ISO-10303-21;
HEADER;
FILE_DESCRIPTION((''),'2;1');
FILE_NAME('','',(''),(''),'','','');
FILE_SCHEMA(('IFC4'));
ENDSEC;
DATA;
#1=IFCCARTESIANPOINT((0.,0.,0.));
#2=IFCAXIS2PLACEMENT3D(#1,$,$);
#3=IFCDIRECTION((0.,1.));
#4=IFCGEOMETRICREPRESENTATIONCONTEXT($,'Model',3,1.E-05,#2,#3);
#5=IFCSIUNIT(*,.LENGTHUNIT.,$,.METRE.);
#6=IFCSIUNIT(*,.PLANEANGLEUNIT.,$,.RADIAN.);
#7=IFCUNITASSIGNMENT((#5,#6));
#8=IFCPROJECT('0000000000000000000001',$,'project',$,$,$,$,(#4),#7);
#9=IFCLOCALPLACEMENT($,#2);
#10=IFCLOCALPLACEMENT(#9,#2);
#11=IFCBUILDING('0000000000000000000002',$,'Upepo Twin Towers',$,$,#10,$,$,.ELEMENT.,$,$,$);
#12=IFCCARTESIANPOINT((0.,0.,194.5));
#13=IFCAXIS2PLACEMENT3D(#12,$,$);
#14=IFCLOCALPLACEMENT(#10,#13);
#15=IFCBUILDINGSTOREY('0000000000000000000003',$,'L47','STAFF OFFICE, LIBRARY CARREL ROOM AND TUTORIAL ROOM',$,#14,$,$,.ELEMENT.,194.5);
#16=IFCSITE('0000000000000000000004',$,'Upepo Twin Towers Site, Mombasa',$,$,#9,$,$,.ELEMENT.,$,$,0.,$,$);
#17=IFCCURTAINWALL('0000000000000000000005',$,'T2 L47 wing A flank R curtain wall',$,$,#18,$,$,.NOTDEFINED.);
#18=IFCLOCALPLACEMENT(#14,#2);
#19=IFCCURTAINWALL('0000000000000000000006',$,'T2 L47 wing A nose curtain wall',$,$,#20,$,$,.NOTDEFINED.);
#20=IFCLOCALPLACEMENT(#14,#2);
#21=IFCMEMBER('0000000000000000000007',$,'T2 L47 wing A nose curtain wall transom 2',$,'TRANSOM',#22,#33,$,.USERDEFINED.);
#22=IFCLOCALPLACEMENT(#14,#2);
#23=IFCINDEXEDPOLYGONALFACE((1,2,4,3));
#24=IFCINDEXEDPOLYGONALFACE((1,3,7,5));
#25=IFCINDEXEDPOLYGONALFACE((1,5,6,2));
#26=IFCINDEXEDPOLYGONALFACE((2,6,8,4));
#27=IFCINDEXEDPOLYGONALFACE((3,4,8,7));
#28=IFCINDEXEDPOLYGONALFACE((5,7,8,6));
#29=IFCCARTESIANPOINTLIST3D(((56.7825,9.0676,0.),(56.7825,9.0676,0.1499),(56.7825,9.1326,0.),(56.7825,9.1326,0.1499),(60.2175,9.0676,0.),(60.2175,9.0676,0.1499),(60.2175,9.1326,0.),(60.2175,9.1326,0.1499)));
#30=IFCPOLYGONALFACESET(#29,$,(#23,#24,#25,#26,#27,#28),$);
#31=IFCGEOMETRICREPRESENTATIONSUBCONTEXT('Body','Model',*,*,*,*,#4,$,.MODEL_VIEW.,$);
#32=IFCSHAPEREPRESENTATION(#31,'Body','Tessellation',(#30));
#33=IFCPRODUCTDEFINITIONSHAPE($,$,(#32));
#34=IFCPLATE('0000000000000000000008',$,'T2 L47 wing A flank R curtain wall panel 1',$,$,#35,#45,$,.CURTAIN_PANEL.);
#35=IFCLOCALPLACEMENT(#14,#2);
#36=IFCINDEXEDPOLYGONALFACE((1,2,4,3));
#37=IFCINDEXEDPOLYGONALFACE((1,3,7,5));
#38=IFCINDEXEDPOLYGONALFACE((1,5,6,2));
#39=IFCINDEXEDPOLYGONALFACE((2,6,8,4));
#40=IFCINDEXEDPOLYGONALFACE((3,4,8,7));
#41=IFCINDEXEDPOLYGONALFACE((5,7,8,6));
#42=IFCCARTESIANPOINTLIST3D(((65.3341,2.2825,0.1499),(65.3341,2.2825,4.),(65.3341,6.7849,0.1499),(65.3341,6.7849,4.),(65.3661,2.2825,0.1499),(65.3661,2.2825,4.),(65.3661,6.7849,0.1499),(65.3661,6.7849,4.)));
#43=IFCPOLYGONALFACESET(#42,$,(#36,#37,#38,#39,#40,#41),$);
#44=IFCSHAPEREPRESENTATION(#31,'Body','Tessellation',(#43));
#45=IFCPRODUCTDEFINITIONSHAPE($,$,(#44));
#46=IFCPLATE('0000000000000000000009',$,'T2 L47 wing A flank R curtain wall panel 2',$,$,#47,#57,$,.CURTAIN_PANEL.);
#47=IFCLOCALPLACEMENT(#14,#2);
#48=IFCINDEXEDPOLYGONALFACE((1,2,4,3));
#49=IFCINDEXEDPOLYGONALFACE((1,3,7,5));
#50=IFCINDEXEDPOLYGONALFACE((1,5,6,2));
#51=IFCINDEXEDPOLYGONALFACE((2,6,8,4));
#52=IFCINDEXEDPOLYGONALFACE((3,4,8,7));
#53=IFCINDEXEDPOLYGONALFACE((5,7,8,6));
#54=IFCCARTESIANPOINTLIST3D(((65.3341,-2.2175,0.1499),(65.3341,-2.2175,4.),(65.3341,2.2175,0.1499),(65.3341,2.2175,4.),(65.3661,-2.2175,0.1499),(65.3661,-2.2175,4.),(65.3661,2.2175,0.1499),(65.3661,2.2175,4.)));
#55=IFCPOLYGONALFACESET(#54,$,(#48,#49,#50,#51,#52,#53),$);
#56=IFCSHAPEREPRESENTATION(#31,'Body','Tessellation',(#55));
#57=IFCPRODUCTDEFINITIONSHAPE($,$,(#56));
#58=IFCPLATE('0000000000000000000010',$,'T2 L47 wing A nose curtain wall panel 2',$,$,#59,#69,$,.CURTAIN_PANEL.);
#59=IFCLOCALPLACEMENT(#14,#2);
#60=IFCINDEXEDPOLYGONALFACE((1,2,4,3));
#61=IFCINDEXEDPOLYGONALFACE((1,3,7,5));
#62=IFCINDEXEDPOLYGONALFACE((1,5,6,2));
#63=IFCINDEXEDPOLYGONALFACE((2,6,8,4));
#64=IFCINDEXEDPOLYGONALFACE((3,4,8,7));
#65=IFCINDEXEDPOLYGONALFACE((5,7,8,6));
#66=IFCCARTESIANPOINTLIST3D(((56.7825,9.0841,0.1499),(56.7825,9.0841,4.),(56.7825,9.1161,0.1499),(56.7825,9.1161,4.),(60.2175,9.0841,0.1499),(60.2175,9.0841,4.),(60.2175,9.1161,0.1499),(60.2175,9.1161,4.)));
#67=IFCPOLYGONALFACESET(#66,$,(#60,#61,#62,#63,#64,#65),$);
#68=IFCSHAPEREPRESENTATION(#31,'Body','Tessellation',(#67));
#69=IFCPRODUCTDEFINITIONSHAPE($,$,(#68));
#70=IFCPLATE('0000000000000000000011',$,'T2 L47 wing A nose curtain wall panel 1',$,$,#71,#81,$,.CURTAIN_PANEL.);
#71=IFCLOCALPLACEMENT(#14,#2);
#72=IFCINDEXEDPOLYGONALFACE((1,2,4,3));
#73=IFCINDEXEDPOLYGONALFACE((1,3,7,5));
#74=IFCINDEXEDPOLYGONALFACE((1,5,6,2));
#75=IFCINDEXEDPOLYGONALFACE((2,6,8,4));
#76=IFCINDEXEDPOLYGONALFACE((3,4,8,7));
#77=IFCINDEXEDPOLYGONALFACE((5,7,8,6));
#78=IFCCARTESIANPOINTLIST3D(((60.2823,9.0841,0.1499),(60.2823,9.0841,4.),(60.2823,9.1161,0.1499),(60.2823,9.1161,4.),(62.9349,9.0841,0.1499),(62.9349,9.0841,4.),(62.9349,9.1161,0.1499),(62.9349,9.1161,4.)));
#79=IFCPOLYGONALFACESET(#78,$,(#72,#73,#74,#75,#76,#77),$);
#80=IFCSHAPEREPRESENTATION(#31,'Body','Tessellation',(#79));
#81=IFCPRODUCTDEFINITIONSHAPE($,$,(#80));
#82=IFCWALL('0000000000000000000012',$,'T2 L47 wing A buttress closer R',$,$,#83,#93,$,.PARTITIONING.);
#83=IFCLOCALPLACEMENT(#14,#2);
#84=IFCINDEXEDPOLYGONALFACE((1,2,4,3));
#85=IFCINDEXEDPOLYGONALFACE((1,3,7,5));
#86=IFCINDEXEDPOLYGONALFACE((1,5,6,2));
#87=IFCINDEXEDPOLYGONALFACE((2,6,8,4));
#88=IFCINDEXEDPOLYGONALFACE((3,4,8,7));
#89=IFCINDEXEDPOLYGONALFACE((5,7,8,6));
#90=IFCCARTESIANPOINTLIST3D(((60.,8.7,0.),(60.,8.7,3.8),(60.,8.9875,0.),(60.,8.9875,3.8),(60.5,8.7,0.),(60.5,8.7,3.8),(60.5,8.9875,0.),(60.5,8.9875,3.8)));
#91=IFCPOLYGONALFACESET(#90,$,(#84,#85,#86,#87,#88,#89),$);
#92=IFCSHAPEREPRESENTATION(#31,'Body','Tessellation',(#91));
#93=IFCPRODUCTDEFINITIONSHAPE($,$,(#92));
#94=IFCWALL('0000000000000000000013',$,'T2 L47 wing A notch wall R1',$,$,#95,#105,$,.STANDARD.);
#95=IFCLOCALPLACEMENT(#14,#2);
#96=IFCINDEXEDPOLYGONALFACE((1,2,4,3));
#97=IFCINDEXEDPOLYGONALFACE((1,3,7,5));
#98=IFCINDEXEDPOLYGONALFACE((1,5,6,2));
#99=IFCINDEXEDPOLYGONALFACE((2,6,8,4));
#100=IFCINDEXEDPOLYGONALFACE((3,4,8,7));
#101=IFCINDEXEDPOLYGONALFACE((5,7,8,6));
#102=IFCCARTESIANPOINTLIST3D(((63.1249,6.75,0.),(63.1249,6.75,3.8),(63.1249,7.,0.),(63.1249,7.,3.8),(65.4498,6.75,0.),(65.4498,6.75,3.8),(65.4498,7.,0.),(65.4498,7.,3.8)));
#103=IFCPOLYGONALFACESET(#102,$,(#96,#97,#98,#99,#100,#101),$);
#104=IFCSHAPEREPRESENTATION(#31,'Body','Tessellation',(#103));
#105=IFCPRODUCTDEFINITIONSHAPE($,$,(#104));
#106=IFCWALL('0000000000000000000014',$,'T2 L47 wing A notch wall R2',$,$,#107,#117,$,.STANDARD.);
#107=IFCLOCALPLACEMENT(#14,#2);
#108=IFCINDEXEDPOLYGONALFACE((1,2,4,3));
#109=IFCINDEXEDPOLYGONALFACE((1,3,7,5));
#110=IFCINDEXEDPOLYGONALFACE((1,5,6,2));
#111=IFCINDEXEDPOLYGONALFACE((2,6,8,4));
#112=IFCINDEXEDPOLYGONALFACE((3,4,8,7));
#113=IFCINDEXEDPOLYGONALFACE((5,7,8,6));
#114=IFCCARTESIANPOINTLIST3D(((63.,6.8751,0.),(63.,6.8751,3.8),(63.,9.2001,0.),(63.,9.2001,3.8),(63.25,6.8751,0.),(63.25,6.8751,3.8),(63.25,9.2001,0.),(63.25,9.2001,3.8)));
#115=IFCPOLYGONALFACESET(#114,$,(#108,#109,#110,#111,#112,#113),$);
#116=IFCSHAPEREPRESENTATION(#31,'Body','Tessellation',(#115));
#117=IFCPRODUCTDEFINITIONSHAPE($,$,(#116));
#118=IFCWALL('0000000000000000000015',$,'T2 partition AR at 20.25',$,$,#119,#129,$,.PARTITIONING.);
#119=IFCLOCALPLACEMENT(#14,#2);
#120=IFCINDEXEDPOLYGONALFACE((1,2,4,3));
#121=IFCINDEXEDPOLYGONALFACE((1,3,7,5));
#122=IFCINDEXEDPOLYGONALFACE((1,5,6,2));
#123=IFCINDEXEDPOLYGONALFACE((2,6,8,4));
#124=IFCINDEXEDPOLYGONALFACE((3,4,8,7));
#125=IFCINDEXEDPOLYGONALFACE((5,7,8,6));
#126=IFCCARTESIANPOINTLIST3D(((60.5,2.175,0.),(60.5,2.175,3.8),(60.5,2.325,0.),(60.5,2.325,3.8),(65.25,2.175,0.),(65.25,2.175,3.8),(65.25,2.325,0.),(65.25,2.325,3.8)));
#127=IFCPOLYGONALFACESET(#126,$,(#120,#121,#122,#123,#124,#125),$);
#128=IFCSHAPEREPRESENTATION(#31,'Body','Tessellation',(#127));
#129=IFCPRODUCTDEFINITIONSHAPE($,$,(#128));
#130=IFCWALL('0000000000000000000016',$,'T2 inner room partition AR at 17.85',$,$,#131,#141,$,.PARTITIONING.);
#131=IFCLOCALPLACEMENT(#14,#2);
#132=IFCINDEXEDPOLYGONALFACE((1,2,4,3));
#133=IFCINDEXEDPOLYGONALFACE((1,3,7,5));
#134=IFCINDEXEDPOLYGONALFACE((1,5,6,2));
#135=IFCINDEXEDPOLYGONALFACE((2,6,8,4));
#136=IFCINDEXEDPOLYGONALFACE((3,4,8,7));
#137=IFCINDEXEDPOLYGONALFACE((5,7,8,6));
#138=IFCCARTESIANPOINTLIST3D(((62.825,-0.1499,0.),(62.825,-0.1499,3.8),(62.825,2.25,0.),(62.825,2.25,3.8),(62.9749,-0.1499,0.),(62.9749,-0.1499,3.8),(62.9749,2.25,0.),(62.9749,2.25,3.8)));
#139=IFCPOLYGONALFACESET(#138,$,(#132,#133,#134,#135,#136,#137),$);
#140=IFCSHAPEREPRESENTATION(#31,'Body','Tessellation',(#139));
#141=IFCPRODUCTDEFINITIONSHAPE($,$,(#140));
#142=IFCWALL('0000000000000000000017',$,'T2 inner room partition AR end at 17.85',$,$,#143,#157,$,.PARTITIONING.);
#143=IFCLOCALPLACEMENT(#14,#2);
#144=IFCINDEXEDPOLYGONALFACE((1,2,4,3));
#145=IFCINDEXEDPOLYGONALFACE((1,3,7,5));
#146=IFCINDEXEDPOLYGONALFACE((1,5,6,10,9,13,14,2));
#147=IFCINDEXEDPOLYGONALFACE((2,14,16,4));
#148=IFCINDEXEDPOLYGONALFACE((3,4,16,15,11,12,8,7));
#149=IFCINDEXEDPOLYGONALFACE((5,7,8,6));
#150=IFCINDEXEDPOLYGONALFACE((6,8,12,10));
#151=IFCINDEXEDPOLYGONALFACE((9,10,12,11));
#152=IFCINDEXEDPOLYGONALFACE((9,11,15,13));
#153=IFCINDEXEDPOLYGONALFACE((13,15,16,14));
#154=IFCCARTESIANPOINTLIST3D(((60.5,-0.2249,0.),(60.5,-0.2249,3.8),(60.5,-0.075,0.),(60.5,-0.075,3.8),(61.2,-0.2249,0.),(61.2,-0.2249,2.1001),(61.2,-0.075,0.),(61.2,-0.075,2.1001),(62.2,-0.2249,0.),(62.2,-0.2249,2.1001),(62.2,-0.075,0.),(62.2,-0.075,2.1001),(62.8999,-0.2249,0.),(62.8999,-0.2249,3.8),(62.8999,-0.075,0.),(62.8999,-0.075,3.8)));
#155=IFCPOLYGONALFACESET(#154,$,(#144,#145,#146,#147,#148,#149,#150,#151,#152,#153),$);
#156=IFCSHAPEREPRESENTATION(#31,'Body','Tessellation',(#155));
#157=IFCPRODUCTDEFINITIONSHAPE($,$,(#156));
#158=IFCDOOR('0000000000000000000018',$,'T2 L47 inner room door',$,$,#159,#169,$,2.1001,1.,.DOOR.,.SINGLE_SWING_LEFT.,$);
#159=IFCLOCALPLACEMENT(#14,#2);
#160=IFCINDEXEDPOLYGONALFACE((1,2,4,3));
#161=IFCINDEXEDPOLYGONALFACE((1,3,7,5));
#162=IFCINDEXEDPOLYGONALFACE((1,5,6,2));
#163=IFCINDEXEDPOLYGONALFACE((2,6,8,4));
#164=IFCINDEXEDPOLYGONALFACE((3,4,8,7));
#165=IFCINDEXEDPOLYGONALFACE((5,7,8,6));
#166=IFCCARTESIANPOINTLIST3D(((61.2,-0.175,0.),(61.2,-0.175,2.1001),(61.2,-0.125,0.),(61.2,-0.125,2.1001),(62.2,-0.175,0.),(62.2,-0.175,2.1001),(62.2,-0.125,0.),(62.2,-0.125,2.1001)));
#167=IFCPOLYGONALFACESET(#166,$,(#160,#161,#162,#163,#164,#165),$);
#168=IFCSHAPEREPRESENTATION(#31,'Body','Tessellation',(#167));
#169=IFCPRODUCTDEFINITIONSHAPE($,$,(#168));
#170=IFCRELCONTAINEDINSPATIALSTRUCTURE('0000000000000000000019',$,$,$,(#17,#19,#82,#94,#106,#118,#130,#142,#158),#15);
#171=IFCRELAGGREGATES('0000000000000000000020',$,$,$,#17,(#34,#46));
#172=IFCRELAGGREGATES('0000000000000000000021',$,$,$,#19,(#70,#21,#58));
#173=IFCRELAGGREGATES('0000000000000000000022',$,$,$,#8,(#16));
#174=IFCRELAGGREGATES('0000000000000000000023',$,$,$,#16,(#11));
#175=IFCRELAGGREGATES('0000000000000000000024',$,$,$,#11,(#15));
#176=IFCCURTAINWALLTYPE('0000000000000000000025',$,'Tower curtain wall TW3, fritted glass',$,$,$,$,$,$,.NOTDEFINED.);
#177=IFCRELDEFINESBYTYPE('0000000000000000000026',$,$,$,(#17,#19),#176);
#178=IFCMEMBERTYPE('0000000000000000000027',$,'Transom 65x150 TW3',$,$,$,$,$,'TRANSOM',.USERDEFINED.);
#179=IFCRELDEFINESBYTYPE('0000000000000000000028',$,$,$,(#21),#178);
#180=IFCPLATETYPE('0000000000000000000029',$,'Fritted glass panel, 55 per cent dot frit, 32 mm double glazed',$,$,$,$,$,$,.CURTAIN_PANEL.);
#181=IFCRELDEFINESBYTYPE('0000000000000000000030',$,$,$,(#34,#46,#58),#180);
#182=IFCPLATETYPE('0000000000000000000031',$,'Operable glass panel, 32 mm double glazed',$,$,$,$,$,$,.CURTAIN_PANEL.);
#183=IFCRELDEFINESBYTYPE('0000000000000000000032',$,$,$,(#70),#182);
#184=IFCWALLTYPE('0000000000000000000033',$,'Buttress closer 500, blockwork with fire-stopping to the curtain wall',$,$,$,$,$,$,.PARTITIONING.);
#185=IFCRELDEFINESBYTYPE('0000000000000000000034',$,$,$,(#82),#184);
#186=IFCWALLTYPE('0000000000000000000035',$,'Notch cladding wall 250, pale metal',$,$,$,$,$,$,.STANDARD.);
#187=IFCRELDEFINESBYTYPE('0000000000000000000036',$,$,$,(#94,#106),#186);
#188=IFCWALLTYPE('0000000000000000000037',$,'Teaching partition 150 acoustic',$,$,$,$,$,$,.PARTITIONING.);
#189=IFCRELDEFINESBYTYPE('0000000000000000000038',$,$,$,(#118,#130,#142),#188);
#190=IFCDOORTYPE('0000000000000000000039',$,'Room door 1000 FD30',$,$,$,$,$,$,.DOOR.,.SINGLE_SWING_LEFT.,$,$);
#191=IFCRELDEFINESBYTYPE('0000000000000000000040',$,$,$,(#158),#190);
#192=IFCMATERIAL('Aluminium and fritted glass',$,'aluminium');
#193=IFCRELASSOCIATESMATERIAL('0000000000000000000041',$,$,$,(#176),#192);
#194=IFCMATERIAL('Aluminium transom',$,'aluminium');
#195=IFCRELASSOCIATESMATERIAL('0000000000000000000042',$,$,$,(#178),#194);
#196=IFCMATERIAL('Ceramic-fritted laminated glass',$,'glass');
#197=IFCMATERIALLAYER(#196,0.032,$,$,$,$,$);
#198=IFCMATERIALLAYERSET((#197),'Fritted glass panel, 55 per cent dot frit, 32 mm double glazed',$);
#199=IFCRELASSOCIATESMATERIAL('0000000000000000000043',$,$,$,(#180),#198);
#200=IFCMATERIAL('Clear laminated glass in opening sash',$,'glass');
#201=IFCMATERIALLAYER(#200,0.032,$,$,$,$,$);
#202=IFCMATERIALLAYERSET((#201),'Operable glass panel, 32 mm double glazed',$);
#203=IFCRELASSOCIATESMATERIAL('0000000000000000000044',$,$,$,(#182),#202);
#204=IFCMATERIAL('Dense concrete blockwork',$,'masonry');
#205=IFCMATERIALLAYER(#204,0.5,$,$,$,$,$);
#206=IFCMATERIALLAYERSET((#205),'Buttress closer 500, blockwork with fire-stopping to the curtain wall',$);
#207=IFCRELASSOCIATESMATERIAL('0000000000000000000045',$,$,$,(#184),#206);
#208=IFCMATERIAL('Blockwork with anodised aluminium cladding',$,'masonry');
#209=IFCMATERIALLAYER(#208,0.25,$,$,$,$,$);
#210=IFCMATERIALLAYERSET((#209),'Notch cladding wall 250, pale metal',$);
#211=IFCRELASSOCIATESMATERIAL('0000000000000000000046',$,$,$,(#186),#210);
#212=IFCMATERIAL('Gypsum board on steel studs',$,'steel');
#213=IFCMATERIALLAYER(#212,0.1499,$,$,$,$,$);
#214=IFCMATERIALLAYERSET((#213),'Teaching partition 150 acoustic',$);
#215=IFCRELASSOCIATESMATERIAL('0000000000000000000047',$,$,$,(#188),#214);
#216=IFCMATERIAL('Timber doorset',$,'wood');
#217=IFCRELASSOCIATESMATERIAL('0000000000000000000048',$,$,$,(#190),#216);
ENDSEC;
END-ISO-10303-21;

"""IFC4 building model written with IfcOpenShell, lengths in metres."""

from ifc_helpers import new_model, si_unit, direction, frame, frame_2d, origin, origin_2d, place, context, subcontext, project, spatial, rectangle, extrude, material, layer, layer_set, material_profile, profile_set, type_object, element, fill, aggregate, save


model = new_model("IFC4")

# Units and contexts
model_context = context("Model", 3, precision=1e-05, world=origin(), true_north=direction((0.0, 1.0)))
body_context = subcontext(model_context, "Body", "Model", "MODEL_VIEW")
ifc_project = project(units=[si_unit("LENGTHUNIT", "METRE"), si_unit("PLANEANGLEUNIT", "RADIAN")], contexts=[model_context])

# Site, building, storey
site_placement = place(None, origin())
site = spatial("IfcSite", under=ifc_project, at=site_placement, Name="Upepo Twin Towers Site, Mombasa", CompositionType="ELEMENT", RefElevation=0.0)
building_placement = place(site_placement, origin())
building = spatial("IfcBuilding", under=site, at=building_placement, Name="Upepo Twin Towers", CompositionType="ELEMENT")
storey_placement = place(building_placement, frame((0.0, 0.0, 194.5)))
storey = spatial("IfcBuildingStorey", under=building, at=storey_placement, Name="L47", Description="STAFF OFFICE, LIBRARY CARREL ROOM AND TUTORIAL ROOM", CompositionType="ELEMENT", Elevation=194.5)

# Curtain walls
ifc_material_1 = material(Name="Aluminium and fritted glass", Category="aluminium")
curtain_wall_type = type_object("IfcCurtainWallType", Name="Tower curtain wall TW3, fritted glass", PredefinedType="NOTDEFINED", material=ifc_material_1)
curtain_wall_1_placement = place(storey_placement, origin())
curtain_wall_1 = element("IfcCurtainWall", 1, at=curtain_wall_1_placement, inside=storey, type_object=curtain_wall_type, Name="T2 L47 wing A flank R curtain wall", PredefinedType="NOTDEFINED")
curtain_wall_2_placement = place(storey_placement, origin())
curtain_wall_2 = element("IfcCurtainWall", 2, at=curtain_wall_2_placement, inside=storey, type_object=curtain_wall_type, Name="T2 L47 wing A nose curtain wall", PredefinedType="NOTDEFINED")

# Member
ifc_material_2 = material(Name="Aluminium transom", Category="aluminium")
ifc_material_profile_1 = material_profile(ifc_material_2, rectangle(XDim=0.0649, YDim=0.1499, at=origin_2d()), Name="TRANSOM 65x150")
ifc_profile_set_1 = profile_set([ifc_material_profile_1], Name="Aluminium transom")
member_type_1 = type_object("IfcMemberType", Name="Transom 65x150 TW3", ElementType="TRANSOM", PredefinedType="USERDEFINED", material=ifc_profile_set_1)
member_1_placement = place(storey_placement, frame((60.2175, 9.1001, 0.075), z_axis=(-1.0, 0.0, 0.0), x_axis=(0.0, -1.0, 0.0)))
member_1 = element("IfcMember", 3, at=member_1_placement, type_object=member_type_1, Name="T2 L47 wing A nose curtain wall transom 2", ObjectType="TRANSOM", PredefinedType="USERDEFINED", context=body_context, shape_type="SweptSolid", body=[
    extrude(rectangle(XDim=0.0649, YDim=0.1499, at=origin_2d()), origin(), (0.0, 0.0, 1.0), 3.4351),
])

# Plates
ifc_material_3 = material(Name="Ceramic-fritted laminated glass", Category="glass")
ifc_layer_1 = layer(ifc_material_3, 0.032)
ifc_layer_set_1 = layer_set([ifc_layer_1], Name="Fritted glass panel, 55 per cent dot frit, 32 mm double glazed")
plate_type_1 = type_object("IfcPlateType", Name="Fritted glass panel, 55 per cent dot frit, 32 mm double glazed", PredefinedType="CURTAIN_PANEL", material=ifc_layer_set_1)
plate_1_placement = place(storey_placement, frame((65.3501, 4.5337, 0.1499), z_axis=(0.0, 0.0, 1.0), x_axis=(0.0, -1.0, 0.0)))
plate_1 = element("IfcPlate", 4, at=plate_1_placement, type_object=plate_type_1, Name="T2 L47 wing A flank R curtain wall panel 1", PredefinedType="CURTAIN_PANEL", context=body_context, shape_type="SweptSolid", body=[
    extrude(rectangle(XDim=4.5024, YDim=0.032, at=origin_2d()), origin(), (0.0, 0.0, 1.0), 3.8501),
])
plate_2_placement = place(storey_placement, frame((65.3501, 0.0, 0.1499), z_axis=(0.0, 0.0, 1.0), x_axis=(0.0, -1.0, 0.0)))
plate_2 = element("IfcPlate", 5, at=plate_2_placement, type_object=plate_type_1, Name="T2 L47 wing A flank R curtain wall panel 2", PredefinedType="CURTAIN_PANEL", context=body_context, shape_type="SweptSolid", body=[
    extrude(rectangle(XDim=4.4351, YDim=0.032, at=origin_2d()), origin(), (0.0, 0.0, 1.0), 3.8501),
])
aggregate(curtain_wall_1, [plate_1, plate_2])
plate_3_placement = place(storey_placement, frame((58.5, 9.1001, 0.1499), z_axis=(0.0, 0.0, 1.0), x_axis=(-1.0, 0.0, 0.0)))
plate_3 = element("IfcPlate", 6, at=plate_3_placement, type_object=plate_type_1, Name="T2 L47 wing A nose curtain wall panel 2", PredefinedType="CURTAIN_PANEL", context=body_context, shape_type="SweptSolid", body=[
    extrude(rectangle(XDim=3.4351, YDim=0.032, at=origin_2d()), origin(), (0.0, 0.0, 1.0), 3.8501),
])
ifc_material_4 = material(Name="Clear laminated glass in opening sash", Category="glass")
ifc_layer_2 = layer(ifc_material_4, 0.032)
ifc_layer_set_2 = layer_set([ifc_layer_2], Name="Operable glass panel, 32 mm double glazed")
plate_type_2 = type_object("IfcPlateType", Name="Operable glass panel, 32 mm double glazed", PredefinedType="CURTAIN_PANEL", material=ifc_layer_set_2)
plate_4_placement = place(storey_placement, frame((61.6086, 9.1001, 0.1499), z_axis=(0.0, 0.0, 1.0), x_axis=(-1.0, 0.0, 0.0)))
plate_4 = element("IfcPlate", 7, at=plate_4_placement, type_object=plate_type_2, Name="T2 L47 wing A nose curtain wall panel 1", PredefinedType="CURTAIN_PANEL", context=body_context, shape_type="SweptSolid", body=[
    extrude(rectangle(XDim=2.6526, YDim=0.032, at=origin_2d()), origin(), (0.0, 0.0, 1.0), 3.8501),
])
aggregate(curtain_wall_2, [plate_4, member_1, plate_3])

# Walls
ifc_material_5 = material(Name="Dense concrete blockwork", Category="masonry")
ifc_layer_3 = layer(ifc_material_5, 0.5)
ifc_layer_set_3 = layer_set([ifc_layer_3], Name="Buttress closer 500, blockwork with fire-stopping to the curtain wall")
wall_type_1 = type_object("IfcWallType", Name="Buttress closer 500, blockwork with fire-stopping to the curtain wall", PredefinedType="PARTITIONING", material=ifc_layer_set_3)
wall_1_placement = place(storey_placement, frame((60.25, 8.7, 0.0), z_axis=(0.0, 0.0, 1.0), x_axis=(0.0, 1.0, 0.0)))
element("IfcWall", 8, at=wall_1_placement, inside=storey, type_object=wall_type_1, Name="T2 L47 wing A buttress closer R", PredefinedType="PARTITIONING", context=body_context, shape_type="SweptSolid", body=[
    extrude(rectangle(XDim=0.2876, YDim=0.5, at=frame_2d((0.1438, 0.0))), origin(), (0.0, 0.0, 1.0), 3.8),
])
ifc_material_6 = material(Name="Blockwork with anodised aluminium cladding", Category="masonry")
ifc_layer_4 = layer(ifc_material_6, 0.25)
ifc_layer_set_4 = layer_set([ifc_layer_4], Name="Notch cladding wall 250, pale metal")
wall_type_2 = type_object("IfcWallType", Name="Notch cladding wall 250, pale metal", PredefinedType="STANDARD", material=ifc_layer_set_4)
for number, where, z_axis, x_axis, name in (
    (9, (65.45, 6.875, 0.0), (0.0, 0.0, 1.0), (-1.0, 0.0, 0.0), "T2 L47 wing A notch wall R1"),
    (10, (63.125, 6.875, 0.0), (0.0, 0.0, 1.0), (0.0, 1.0, 0.0), "T2 L47 wing A notch wall R2"),
):
    element("IfcWall", number, at=place(storey_placement, frame(where, z_axis=z_axis, x_axis=x_axis)), inside=storey, type_object=wall_type_2, Name=name, PredefinedType="STANDARD", context=body_context, shape_type="SweptSolid", body=[
        extrude(rectangle(XDim=2.325, YDim=0.25, at=frame_2d((1.1626, 0.0))), origin(), (0.0, 0.0, 1.0), 3.8),
    ])
ifc_material_7 = material(Name="Gypsum board on steel studs", Category="steel")
ifc_layer_5 = layer(ifc_material_7, 0.1499)
ifc_layer_set_5 = layer_set([ifc_layer_5], Name="Teaching partition 150 acoustic")
wall_type_3 = type_object("IfcWallType", Name="Teaching partition 150 acoustic", PredefinedType="PARTITIONING", material=ifc_layer_set_5)
wall_2_placement = place(storey_placement, frame((60.5, 2.25, 0.0), z_axis=(0.0, 0.0, 1.0), x_axis=(1.0, 0.0, 0.0)))
element("IfcWall", 11, at=wall_2_placement, inside=storey, type_object=wall_type_3, Name="T2 partition AR at 20.25", PredefinedType="PARTITIONING", context=body_context, shape_type="SweptSolid", body=[
    extrude(rectangle(XDim=4.75, YDim=0.1499, at=frame_2d((2.375, 0.0))), origin(), (0.0, 0.0, 1.0), 3.8),
])
wall_3_placement = place(storey_placement, frame((62.8999, -0.1499, 0.0), z_axis=(0.0, 0.0, 1.0), x_axis=(0.0, 1.0, 0.0)))
element("IfcWall", 12, at=wall_3_placement, inside=storey, type_object=wall_type_3, Name="T2 inner room partition AR at 17.85", PredefinedType="PARTITIONING", context=body_context, shape_type="SweptSolid", body=[
    extrude(rectangle(XDim=2.3999, YDim=0.1499, at=frame_2d((1.2, 0.0))), origin(), (0.0, 0.0, 1.0), 3.8),
])

# Wall, opening, door
wall_4_placement = place(storey_placement, frame((60.5, -0.1499, 0.0), z_axis=(0.0, 0.0, 1.0), x_axis=(1.0, 0.0, 0.0)))
wall_4 = element("IfcWall", 13, at=wall_4_placement, inside=storey, type_object=wall_type_3, Name="T2 inner room partition AR end at 17.85", PredefinedType="PARTITIONING", context=body_context, shape_type="SweptSolid", body=[
    extrude(rectangle(XDim=2.3999, YDim=0.1499, at=frame_2d((1.2, 0.0))), origin(), (0.0, 0.0, 1.0), 3.8),
])
opening_placement = place(wall_4_placement, frame((0.7, 0.0, 0.0)))
opening = element("IfcOpeningElement", 14, at=opening_placement, cuts=wall_4, PredefinedType="OPENING", context=body_context, shape_type="SweptSolid", body=[
    extrude(rectangle(XDim=1.0, YDim=2.1001, at=frame_2d((0.5, 1.05))), frame((0.0, 0.085, 0.0), z_axis=(0.0, -1.0, 0.0), x_axis=(1.0, 0.0, 0.0)), (0.0, 0.0, 1.0), 0.1699),
])
ifc_material_8 = material(Name="Timber doorset", Category="wood")
door_type = type_object("IfcDoorType", Name="Room door 1000 FD30", OperationType="SINGLE_SWING_LEFT", PredefinedType="DOOR", material=ifc_material_8)
door_placement = place(opening_placement, origin())
door = element("IfcDoor", 15, at=door_placement, inside=storey, type_object=door_type, Name="T2 L47 inner room door", OperationType="SINGLE_SWING_LEFT", OverallHeight=2.1001, OverallWidth=1.0, PredefinedType="DOOR", context=body_context, shape_type="SweptSolid", body=[
    extrude(rectangle(XDim=1.0, YDim=2.1001, at=frame_2d((0.5, 1.05))), frame((0.0, 0.0249, 0.0), z_axis=(0.0, -1.0, 0.0), x_axis=(1.0, 0.0, 0.0)), (0.0, 0.0, 1.0), 0.05),
])
fill(opening, door)

save(model, "model.ifc")
